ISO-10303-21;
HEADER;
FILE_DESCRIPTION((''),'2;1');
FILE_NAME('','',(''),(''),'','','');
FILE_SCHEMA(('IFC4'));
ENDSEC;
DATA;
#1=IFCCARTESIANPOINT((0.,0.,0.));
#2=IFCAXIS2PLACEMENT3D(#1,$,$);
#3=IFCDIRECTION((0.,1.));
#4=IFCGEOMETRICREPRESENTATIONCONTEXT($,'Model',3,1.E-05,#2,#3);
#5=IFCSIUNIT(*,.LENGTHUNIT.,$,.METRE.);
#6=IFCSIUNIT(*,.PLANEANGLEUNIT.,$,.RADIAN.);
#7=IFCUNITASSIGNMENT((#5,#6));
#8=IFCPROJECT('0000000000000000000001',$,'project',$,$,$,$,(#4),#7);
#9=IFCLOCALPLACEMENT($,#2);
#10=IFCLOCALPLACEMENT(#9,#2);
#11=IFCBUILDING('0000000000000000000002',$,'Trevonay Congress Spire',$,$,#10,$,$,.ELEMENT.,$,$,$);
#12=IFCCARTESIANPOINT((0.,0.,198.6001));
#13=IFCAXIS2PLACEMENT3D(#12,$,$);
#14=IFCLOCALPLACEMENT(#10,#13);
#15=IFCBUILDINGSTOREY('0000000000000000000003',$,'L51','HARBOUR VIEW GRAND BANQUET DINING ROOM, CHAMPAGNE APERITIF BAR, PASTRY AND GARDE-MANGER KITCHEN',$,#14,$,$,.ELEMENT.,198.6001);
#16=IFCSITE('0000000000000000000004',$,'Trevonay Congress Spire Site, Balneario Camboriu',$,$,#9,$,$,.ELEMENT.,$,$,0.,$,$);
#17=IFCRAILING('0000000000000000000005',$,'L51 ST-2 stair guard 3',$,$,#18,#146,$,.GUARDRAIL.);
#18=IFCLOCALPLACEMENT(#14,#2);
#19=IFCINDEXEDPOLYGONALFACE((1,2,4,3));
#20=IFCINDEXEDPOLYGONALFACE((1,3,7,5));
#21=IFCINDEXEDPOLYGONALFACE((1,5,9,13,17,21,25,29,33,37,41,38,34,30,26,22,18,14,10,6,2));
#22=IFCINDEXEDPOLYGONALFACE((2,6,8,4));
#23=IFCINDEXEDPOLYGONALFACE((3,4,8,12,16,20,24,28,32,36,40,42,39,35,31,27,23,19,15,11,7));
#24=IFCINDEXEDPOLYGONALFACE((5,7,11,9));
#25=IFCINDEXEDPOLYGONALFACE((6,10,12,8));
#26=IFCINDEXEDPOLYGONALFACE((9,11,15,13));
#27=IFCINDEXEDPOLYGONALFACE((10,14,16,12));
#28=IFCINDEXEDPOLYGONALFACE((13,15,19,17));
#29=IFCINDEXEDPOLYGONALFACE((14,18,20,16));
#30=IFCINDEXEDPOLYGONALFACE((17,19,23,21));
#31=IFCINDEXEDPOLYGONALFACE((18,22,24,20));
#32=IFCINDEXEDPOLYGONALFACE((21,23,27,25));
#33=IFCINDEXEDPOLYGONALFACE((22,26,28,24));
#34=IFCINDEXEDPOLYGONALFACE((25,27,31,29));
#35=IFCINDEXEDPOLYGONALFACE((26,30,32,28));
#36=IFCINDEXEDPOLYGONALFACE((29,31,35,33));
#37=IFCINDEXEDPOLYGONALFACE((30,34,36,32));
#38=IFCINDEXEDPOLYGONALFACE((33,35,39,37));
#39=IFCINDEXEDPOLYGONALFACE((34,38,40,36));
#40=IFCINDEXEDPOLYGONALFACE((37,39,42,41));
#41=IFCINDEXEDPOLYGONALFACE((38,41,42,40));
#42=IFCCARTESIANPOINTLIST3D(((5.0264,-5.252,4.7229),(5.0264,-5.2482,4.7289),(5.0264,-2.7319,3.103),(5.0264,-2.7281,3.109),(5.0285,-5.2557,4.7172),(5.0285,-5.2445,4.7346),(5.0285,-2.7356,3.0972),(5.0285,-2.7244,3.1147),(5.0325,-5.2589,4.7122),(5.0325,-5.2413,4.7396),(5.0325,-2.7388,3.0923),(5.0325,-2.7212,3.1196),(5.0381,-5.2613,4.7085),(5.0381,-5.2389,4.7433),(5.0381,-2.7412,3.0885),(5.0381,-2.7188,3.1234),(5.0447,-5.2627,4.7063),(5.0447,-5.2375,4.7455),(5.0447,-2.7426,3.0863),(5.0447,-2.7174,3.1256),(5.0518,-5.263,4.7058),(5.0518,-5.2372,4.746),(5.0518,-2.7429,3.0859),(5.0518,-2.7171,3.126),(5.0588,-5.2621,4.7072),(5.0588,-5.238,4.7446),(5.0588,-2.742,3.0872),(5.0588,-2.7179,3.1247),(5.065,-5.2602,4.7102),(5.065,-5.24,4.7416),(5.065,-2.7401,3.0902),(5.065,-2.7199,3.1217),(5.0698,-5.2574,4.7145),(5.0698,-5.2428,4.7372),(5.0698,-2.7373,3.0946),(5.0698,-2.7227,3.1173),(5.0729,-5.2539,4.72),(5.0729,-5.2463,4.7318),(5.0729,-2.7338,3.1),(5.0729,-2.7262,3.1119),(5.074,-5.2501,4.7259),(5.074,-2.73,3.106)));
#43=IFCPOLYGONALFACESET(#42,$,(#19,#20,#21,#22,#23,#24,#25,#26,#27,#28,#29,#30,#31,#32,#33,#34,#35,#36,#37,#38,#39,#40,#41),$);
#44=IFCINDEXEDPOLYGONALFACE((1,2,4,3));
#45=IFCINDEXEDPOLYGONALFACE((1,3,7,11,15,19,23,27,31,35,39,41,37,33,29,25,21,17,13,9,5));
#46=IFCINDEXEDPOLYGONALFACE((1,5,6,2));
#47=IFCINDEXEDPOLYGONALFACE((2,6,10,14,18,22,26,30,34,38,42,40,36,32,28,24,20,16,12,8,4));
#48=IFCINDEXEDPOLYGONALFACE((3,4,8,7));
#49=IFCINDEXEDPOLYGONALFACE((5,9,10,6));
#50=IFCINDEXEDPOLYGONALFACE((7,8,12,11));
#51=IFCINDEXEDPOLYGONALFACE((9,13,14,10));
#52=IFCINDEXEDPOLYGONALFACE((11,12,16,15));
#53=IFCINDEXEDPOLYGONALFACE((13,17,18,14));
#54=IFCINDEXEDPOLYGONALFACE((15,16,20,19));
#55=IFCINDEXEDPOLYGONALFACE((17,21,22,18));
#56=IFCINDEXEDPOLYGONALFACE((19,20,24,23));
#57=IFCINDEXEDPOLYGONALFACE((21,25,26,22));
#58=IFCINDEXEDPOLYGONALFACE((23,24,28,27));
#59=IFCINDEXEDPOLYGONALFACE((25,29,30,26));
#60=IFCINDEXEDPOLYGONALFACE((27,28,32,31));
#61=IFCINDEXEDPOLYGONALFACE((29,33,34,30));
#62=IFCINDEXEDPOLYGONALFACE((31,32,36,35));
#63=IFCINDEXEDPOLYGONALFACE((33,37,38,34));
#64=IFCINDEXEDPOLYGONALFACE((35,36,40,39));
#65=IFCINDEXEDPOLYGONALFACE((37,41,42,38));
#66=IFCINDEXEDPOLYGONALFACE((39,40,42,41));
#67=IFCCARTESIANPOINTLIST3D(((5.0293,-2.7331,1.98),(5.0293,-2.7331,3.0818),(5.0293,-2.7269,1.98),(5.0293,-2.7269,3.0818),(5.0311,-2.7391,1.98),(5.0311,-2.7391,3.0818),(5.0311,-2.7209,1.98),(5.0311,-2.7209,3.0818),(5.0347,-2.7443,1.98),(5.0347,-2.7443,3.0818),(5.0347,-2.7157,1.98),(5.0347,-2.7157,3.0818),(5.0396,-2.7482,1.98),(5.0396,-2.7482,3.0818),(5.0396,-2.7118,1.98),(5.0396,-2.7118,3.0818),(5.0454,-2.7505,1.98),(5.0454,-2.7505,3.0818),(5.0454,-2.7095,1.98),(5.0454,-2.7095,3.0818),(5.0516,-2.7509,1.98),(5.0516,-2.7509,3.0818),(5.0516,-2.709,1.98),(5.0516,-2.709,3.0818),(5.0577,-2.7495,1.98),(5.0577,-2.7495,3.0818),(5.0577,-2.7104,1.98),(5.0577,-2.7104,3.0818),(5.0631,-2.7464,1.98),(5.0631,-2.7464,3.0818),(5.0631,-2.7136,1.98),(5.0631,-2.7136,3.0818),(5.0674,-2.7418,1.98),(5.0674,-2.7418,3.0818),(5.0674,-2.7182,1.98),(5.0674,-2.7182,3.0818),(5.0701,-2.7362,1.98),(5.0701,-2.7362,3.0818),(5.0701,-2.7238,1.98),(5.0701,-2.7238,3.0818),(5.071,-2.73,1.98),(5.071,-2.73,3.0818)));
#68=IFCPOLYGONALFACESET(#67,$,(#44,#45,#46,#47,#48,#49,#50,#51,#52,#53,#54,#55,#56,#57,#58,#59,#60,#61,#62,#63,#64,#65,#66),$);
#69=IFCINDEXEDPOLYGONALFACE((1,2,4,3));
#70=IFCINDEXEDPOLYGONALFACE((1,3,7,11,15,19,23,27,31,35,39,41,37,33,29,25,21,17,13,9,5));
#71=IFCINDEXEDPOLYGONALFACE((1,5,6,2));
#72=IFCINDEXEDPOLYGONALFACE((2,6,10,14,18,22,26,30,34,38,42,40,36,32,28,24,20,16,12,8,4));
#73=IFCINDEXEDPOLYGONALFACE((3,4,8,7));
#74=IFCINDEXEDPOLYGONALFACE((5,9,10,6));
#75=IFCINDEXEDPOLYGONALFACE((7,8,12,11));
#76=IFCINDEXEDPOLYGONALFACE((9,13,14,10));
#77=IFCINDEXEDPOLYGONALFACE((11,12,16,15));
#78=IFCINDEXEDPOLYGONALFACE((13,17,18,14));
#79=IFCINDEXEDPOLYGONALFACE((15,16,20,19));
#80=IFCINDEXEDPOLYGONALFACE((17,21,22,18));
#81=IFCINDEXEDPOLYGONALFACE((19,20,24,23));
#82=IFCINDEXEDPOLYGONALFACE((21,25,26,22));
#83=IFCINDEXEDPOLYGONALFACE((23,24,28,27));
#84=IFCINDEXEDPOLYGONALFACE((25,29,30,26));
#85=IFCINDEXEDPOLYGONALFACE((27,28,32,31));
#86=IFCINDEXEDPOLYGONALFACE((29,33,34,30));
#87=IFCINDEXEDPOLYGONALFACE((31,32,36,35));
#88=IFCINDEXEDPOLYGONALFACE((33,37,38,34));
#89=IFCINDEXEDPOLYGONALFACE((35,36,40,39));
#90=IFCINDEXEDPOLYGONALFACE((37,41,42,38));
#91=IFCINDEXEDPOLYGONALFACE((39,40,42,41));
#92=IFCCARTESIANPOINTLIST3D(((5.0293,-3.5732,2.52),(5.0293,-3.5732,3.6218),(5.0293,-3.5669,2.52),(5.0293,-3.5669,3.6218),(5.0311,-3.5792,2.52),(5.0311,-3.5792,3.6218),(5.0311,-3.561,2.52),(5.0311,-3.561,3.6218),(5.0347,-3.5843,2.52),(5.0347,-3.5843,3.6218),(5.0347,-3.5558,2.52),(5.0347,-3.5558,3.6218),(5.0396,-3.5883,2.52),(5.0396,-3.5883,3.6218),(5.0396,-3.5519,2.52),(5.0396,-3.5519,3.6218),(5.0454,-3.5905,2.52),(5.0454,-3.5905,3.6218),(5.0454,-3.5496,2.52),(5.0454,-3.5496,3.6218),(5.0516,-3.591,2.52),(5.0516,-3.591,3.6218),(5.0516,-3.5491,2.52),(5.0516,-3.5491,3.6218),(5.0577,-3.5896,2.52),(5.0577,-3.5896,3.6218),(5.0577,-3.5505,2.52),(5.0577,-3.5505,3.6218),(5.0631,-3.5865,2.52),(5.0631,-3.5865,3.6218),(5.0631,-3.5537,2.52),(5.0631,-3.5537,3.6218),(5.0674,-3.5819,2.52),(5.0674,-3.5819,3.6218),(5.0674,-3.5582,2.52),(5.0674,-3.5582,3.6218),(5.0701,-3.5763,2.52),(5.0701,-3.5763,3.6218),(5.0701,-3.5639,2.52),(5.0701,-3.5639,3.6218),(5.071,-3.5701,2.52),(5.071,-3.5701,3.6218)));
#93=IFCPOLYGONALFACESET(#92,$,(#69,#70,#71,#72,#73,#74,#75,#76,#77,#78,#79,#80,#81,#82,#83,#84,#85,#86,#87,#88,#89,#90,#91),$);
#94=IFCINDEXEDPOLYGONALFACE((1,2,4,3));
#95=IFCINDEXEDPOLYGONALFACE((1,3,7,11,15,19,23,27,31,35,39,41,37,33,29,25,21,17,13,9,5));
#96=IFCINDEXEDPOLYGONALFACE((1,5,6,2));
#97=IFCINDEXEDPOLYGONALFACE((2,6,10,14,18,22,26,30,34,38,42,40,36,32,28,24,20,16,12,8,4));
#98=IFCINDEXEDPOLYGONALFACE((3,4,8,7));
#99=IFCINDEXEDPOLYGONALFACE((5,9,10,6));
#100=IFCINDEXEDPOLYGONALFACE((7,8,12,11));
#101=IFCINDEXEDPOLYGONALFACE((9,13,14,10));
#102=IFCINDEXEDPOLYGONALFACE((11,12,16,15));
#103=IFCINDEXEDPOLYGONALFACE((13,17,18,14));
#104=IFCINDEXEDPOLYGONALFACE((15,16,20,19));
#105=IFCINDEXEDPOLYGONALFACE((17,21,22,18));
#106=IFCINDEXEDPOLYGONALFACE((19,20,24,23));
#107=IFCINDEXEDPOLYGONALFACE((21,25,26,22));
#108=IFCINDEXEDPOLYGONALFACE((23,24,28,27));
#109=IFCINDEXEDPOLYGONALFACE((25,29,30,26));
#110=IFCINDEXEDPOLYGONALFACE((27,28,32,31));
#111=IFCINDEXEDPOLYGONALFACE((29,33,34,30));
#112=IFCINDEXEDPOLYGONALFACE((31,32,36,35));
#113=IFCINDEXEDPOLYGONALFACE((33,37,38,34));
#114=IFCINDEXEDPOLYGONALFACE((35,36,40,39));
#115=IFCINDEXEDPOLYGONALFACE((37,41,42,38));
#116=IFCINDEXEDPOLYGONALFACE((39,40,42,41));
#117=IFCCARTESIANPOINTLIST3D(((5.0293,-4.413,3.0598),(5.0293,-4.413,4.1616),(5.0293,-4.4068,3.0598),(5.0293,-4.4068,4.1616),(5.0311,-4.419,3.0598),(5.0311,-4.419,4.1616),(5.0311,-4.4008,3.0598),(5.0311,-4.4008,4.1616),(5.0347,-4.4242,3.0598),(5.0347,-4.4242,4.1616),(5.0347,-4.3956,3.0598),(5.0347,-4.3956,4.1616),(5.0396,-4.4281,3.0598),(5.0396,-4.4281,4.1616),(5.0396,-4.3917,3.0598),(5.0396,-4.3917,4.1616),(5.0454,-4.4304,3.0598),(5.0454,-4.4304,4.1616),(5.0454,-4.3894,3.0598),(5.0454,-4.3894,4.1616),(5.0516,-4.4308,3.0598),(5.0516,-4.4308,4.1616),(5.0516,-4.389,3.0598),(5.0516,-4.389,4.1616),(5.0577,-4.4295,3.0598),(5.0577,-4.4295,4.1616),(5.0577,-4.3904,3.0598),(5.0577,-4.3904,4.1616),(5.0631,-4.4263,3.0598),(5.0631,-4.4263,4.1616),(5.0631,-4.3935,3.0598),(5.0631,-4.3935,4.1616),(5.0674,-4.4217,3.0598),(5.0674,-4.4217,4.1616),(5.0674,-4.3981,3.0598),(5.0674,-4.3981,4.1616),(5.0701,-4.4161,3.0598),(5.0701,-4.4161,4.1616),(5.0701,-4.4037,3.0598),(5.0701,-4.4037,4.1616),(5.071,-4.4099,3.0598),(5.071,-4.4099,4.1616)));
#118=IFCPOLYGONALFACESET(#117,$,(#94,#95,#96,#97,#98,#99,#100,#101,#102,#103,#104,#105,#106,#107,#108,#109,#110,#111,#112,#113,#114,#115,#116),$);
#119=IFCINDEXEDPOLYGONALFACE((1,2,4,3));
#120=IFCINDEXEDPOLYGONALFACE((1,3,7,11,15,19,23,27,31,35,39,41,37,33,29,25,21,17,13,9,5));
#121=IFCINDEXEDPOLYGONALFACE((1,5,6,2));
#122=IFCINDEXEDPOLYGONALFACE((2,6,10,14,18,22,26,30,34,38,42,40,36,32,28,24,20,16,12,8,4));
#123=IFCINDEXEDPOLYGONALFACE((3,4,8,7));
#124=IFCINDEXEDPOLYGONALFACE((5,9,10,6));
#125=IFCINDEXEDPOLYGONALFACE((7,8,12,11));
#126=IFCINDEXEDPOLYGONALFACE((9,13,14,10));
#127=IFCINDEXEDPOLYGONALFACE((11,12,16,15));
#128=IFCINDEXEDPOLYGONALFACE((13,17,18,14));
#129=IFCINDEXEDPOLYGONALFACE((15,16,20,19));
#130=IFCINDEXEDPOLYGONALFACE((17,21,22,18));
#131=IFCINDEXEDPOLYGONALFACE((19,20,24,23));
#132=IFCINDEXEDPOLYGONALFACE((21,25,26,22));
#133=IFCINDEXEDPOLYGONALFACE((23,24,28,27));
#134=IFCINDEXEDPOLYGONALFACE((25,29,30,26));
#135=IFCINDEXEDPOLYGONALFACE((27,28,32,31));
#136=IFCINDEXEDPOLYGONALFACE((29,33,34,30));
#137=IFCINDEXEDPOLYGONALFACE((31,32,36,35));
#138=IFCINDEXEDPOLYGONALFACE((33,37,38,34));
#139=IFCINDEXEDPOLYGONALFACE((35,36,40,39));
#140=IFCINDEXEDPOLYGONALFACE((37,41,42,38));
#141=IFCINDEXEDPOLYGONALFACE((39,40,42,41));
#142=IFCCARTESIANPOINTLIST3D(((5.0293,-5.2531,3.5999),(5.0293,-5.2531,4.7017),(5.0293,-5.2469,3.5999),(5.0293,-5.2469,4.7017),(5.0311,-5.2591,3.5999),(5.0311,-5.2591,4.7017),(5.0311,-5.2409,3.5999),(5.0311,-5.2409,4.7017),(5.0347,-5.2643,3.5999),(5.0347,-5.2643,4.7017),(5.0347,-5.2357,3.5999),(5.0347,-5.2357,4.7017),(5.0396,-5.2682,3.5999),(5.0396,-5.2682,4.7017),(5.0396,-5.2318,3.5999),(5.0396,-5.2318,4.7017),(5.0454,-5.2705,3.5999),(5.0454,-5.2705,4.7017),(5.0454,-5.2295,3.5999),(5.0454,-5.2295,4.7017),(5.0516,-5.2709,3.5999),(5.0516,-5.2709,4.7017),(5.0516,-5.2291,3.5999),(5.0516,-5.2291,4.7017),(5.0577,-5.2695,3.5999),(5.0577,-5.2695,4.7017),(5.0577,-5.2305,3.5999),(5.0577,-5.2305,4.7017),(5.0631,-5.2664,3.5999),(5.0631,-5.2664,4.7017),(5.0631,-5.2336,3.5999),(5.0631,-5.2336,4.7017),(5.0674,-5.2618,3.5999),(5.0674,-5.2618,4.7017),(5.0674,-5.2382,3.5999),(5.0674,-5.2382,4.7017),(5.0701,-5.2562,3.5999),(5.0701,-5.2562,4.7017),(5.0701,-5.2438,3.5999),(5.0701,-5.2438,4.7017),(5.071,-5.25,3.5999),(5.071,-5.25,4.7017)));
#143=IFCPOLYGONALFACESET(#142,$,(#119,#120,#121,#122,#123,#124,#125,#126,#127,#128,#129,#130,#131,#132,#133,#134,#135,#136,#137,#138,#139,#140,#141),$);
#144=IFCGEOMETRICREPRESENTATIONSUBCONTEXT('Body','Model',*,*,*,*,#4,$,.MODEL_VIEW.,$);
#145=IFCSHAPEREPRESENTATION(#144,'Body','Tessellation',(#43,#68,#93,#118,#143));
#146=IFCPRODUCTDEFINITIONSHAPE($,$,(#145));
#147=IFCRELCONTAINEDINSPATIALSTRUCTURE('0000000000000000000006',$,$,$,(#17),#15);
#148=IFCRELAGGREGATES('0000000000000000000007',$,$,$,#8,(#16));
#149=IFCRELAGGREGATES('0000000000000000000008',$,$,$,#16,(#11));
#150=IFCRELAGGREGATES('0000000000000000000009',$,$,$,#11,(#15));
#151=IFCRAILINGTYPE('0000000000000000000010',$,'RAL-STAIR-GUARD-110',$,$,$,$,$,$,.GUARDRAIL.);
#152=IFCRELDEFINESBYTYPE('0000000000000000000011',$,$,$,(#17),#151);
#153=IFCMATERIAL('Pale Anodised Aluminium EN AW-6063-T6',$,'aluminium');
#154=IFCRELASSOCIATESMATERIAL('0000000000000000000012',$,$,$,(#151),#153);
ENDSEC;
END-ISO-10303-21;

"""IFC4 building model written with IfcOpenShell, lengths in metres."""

from ifc_helpers import new_model, si_unit, direction, frame, origin, origin_2d, place, context, subcontext, project, spatial, circle, extrude, material, type_object, element, save


model = new_model("IFC4")

# Units and contexts
model_context = context("Model", 3, precision=1e-05, world=origin(), true_north=direction((0.0, 1.0)))
body_context = subcontext(model_context, "Body", "Model", "MODEL_VIEW")
ifc_project = project(units=[si_unit("LENGTHUNIT", "METRE"), si_unit("PLANEANGLEUNIT", "RADIAN")], contexts=[model_context])

# Site, building, storey
site_placement = place(None, origin())
site = spatial("IfcSite", under=ifc_project, at=site_placement, Name="Trevonay Congress Spire Site, Balneario Camboriu", CompositionType="ELEMENT", RefElevation=0.0)
building_placement = place(site_placement, origin())
building = spatial("IfcBuilding", under=site, at=building_placement, Name="Trevonay Congress Spire", CompositionType="ELEMENT")
storey_placement = place(building_placement, frame((0.0, 0.0, 198.6001)))
storey = spatial("IfcBuildingStorey", under=building, at=storey_placement, Name="L51", Description="HARBOUR VIEW GRAND BANQUET DINING ROOM, CHAMPAGNE APERITIF BAR, PASTRY AND GARDE-MANGER KITCHEN", CompositionType="ELEMENT", Elevation=198.6001)

# Shared definitions
ifc_material_1 = material(Name="Pale Anodised Aluminium EN AW-6063-T6", Category="aluminium")

# Railing
railing_type_1 = type_object("IfcRailingType", Name="RAL-STAIR-GUARD-110", PredefinedType="GUARDRAIL", material=ifc_material_1)
railing_1_placement = place(storey_placement, frame((5.05, -2.73, 1.98)))
element("IfcRailing", 1, at=railing_1_placement, inside=storey, type_object=railing_type_1, Name="L51 ST-2 stair guard 3", PredefinedType="GUARDRAIL", context=body_context, shape_type="SweptSolid", body=[
    extrude(circle(Radius=0.0239, at=origin_2d()), frame((0.0, 0.0, 1.126), z_axis=(0.0, -0.8412, 0.540725), x_axis=(1.0, 0.0, 0.0)), (0.0, 0.0, 1.0), 2.9958),
    extrude(circle(Radius=0.021, at=origin_2d()), origin(), (0.0, 0.0, 1.0), 1.1018),
    extrude(circle(Radius=0.021, at=origin_2d()), frame((0.0, -0.8401, 0.54)), (0.0, 0.0, 1.0), 1.1018),
    extrude(circle(Radius=0.021, at=origin_2d()), frame((0.0, -1.6799, 1.0798)), (0.0, 0.0, 1.0), 1.1018),
    extrude(circle(Radius=0.021, at=origin_2d()), frame((0.0, -2.52, 1.6199)), (0.0, 0.0, 1.0), 1.1018),
])

save(model, "model.ifc")
